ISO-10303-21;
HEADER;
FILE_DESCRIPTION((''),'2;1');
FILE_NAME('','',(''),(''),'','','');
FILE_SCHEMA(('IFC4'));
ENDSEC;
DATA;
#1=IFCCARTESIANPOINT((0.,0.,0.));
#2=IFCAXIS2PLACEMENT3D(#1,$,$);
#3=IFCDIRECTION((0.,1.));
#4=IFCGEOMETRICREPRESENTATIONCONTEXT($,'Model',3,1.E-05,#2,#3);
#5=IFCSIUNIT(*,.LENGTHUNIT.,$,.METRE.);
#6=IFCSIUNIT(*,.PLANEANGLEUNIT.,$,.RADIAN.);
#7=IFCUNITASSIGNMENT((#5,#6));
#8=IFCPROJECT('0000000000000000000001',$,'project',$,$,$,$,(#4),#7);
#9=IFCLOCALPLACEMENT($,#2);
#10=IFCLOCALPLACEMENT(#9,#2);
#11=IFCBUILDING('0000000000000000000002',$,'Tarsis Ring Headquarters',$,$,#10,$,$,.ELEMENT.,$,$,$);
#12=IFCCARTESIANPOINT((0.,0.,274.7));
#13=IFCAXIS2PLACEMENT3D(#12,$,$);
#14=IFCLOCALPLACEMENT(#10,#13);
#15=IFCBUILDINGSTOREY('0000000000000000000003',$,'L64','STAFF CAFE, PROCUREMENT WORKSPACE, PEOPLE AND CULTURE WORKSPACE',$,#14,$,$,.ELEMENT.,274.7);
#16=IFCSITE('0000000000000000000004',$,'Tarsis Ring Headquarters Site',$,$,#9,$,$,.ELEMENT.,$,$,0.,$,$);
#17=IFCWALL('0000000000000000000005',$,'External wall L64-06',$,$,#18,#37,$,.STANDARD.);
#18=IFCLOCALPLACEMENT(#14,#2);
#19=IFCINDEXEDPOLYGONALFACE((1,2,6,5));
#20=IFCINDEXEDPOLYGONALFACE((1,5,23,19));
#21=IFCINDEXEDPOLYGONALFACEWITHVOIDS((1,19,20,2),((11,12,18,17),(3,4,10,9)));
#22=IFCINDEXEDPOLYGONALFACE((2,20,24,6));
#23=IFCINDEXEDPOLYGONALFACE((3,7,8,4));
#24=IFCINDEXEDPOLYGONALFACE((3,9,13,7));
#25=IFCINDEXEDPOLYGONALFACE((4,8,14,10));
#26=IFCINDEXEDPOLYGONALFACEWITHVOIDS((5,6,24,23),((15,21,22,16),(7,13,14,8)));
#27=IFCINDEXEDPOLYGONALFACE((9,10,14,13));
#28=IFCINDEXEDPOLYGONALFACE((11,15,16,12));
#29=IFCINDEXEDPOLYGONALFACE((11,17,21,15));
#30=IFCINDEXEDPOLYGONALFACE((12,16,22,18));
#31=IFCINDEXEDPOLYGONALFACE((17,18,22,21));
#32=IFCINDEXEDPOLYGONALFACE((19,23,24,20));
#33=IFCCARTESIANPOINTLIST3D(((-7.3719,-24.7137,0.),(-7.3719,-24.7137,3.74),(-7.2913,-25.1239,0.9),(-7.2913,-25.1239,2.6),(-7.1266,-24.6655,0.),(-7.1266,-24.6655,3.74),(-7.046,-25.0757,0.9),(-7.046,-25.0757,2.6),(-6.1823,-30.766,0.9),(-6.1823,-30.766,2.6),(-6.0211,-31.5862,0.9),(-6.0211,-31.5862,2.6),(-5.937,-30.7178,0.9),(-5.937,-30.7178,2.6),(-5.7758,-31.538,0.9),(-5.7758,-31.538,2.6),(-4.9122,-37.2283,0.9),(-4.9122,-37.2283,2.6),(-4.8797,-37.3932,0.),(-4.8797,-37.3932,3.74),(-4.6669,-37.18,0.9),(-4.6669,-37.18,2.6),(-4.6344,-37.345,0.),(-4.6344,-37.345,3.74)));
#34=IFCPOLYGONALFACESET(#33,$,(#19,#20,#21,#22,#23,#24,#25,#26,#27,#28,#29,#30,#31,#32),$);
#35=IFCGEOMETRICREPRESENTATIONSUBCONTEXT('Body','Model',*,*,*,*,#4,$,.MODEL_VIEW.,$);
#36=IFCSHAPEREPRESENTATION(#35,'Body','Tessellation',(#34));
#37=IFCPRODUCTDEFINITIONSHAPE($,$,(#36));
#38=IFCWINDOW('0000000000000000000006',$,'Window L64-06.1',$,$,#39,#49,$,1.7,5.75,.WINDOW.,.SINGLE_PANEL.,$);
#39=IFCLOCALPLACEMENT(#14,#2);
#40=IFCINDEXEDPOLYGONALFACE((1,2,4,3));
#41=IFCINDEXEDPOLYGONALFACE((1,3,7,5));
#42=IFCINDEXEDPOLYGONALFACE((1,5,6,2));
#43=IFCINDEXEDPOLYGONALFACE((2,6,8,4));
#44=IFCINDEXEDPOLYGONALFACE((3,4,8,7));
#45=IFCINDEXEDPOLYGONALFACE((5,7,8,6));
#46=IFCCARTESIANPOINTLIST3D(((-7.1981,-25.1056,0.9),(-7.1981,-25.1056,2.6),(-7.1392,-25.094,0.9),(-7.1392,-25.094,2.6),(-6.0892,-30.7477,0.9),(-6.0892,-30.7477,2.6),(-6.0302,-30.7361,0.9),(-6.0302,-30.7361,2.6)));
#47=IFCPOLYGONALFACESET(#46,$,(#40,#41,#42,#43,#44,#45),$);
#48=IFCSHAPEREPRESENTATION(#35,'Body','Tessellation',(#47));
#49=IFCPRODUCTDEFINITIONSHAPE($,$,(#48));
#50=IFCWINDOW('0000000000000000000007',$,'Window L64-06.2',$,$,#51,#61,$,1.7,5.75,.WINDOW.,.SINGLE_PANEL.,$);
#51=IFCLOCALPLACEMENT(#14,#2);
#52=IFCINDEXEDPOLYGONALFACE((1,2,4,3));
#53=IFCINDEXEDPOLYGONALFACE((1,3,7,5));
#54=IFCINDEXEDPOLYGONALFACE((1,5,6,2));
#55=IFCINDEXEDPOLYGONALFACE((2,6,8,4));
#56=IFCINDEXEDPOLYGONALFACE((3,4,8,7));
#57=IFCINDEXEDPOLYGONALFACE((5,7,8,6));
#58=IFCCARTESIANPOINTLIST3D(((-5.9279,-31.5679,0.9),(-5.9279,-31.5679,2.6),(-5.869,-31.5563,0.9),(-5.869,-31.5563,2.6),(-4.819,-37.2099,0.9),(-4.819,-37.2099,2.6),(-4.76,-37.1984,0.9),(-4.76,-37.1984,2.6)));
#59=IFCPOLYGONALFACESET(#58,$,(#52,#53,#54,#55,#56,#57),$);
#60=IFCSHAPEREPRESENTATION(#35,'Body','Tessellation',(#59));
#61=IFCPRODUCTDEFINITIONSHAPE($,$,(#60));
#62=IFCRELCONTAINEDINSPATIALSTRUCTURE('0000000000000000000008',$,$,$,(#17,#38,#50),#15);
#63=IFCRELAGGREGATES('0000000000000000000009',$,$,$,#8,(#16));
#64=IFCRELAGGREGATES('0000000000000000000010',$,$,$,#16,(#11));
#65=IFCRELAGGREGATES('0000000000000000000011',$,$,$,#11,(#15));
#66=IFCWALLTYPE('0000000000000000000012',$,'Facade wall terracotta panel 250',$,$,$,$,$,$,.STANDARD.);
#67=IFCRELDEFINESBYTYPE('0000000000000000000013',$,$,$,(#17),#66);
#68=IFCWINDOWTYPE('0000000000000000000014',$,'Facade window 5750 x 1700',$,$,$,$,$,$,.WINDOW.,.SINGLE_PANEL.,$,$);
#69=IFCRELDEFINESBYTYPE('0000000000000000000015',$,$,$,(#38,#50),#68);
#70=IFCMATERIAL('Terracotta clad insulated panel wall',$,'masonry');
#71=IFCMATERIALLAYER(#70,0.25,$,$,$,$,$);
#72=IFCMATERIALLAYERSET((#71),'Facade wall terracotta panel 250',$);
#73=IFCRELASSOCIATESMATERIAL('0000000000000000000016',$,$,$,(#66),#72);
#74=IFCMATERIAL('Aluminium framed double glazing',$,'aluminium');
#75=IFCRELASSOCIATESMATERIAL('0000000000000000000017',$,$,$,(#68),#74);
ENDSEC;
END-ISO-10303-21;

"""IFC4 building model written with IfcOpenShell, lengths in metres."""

from ifc_helpers import new_model, si_unit, direction, frame, frame_2d, origin, place, context, subcontext, project, spatial, rectangle, extrude, material, layer, layer_set, type_object, element, fill, save


model = new_model("IFC4")

# Units and contexts
model_context = context("Model", 3, precision=1e-05, world=origin(), true_north=direction((0.0, 1.0)))
body_context = subcontext(model_context, "Body", "Model", "MODEL_VIEW")
ifc_project = project(units=[si_unit("LENGTHUNIT", "METRE"), si_unit("PLANEANGLEUNIT", "RADIAN")], contexts=[model_context])

# Site, building, storey
site_placement = place(None, origin())
site = spatial("IfcSite", under=ifc_project, at=site_placement, Name="Tarsis Ring Headquarters Site", CompositionType="ELEMENT", RefElevation=0.0)
building_placement = place(site_placement, origin())
building = spatial("IfcBuilding", under=site, at=building_placement, Name="Tarsis Ring Headquarters", CompositionType="ELEMENT")
storey_placement = place(building_placement, frame((0.0, 0.0, 274.7)))
storey = spatial("IfcBuildingStorey", under=building, at=storey_placement, Name="L64", Description="STAFF CAFE, PROCUREMENT WORKSPACE, PEOPLE AND CULTURE WORKSPACE", CompositionType="ELEMENT", Elevation=274.7)

# Shared definitions
ifc_material_1 = material(Name="Terracotta clad insulated panel wall", Category="masonry")
ifc_layer_1 = layer(ifc_material_1, 0.25)
ifc_layer_set_1 = layer_set([ifc_layer_1], Name="Facade wall terracotta panel 250")
wall_type_1 = type_object("IfcWallType", Name="Facade wall terracotta panel 250", PredefinedType="STANDARD", material=ifc_layer_set_1)
ifc_material_2 = material(Name="Aluminium framed double glazing", Category="aluminium")

# Wall, openings, windows
wall_1_placement = place(storey_placement, frame((-7.2493, -24.6897, 0.0), z_axis=(0.0, 0.0, 1.0), x_axis=(0.192863, -0.981226, 0.0)))
wall_1 = element("IfcWall", 1, at=wall_1_placement, inside=storey, type_object=wall_type_1, Name="External wall L64-06", PredefinedType="STANDARD", context=body_context, shape_type="SweptSolid", body=[
    extrude(rectangle(XDim=12.9221, YDim=0.25, at=frame_2d((6.4609, 0.0))), origin(), (0.0, 0.0, 1.0), 3.74),
])
opening_1_placement = place(wall_1_placement, frame((0.418, 0.0, 0.8999)))
opening_1 = element("IfcOpeningElement", 2, at=opening_1_placement, cuts=wall_1, PredefinedType="OPENING", context=body_context, shape_type="SweptSolid", body=[
    extrude(rectangle(XDim=5.75, YDim=1.7, at=frame_2d((2.875, 0.8501))), frame((0.0, 0.135, 0.0), z_axis=(0.0, -1.0, 0.0), x_axis=(1.0, 0.0, 0.0)), (0.0, 0.0, 1.0), 0.27),
])
opening_2_placement = place(wall_1_placement, frame((7.0039, 0.0, 0.8999)))
opening_2 = element("IfcOpeningElement", 3, at=opening_2_placement, cuts=wall_1, PredefinedType="OPENING", context=body_context, shape_type="SweptSolid", body=[
    extrude(rectangle(XDim=5.75, YDim=1.7, at=frame_2d((2.875, 0.8501))), frame((0.0, 0.135, 0.0), z_axis=(0.0, -1.0, 0.0), x_axis=(1.0, 0.0, 0.0)), (0.0, 0.0, 1.0), 0.27),
])
window_type_1 = type_object("IfcWindowType", Name="Facade window 5750 x 1700", PartitioningType="SINGLE_PANEL", PredefinedType="WINDOW", material=ifc_material_2)
window_1_placement = place(opening_1_placement, origin())
window_1 = element("IfcWindow", 4, at=window_1_placement, inside=storey, type_object=window_type_1, Name="Window L64-06.1", OverallHeight=1.7, OverallWidth=5.75, PartitioningType="SINGLE_PANEL", PredefinedType="WINDOW", context=body_context, shape_type="SweptSolid", body=[
    extrude(rectangle(XDim=5.75, YDim=1.7, at=frame_2d((2.875, 0.8501))), frame((0.0, 0.03, 0.0), z_axis=(0.0, -1.0, 0.0), x_axis=(1.0, 0.0, 0.0)), (0.0, 0.0, 1.0), 0.0601),
])
fill(opening_1, window_1)
window_2_placement = place(opening_2_placement, origin())
window_2 = element("IfcWindow", 5, at=window_2_placement, inside=storey, type_object=window_type_1, Name="Window L64-06.2", OverallHeight=1.7, OverallWidth=5.75, PartitioningType="SINGLE_PANEL", PredefinedType="WINDOW", context=body_context, shape_type="SweptSolid", body=[
    extrude(rectangle(XDim=5.75, YDim=1.7, at=frame_2d((2.875, 0.8501))), frame((0.0, 0.03, 0.0), z_axis=(0.0, -1.0, 0.0), x_axis=(1.0, 0.0, 0.0)), (0.0, 0.0, 1.0), 0.0601),
])
fill(opening_2, window_2)

save(model, "model.ifc")
